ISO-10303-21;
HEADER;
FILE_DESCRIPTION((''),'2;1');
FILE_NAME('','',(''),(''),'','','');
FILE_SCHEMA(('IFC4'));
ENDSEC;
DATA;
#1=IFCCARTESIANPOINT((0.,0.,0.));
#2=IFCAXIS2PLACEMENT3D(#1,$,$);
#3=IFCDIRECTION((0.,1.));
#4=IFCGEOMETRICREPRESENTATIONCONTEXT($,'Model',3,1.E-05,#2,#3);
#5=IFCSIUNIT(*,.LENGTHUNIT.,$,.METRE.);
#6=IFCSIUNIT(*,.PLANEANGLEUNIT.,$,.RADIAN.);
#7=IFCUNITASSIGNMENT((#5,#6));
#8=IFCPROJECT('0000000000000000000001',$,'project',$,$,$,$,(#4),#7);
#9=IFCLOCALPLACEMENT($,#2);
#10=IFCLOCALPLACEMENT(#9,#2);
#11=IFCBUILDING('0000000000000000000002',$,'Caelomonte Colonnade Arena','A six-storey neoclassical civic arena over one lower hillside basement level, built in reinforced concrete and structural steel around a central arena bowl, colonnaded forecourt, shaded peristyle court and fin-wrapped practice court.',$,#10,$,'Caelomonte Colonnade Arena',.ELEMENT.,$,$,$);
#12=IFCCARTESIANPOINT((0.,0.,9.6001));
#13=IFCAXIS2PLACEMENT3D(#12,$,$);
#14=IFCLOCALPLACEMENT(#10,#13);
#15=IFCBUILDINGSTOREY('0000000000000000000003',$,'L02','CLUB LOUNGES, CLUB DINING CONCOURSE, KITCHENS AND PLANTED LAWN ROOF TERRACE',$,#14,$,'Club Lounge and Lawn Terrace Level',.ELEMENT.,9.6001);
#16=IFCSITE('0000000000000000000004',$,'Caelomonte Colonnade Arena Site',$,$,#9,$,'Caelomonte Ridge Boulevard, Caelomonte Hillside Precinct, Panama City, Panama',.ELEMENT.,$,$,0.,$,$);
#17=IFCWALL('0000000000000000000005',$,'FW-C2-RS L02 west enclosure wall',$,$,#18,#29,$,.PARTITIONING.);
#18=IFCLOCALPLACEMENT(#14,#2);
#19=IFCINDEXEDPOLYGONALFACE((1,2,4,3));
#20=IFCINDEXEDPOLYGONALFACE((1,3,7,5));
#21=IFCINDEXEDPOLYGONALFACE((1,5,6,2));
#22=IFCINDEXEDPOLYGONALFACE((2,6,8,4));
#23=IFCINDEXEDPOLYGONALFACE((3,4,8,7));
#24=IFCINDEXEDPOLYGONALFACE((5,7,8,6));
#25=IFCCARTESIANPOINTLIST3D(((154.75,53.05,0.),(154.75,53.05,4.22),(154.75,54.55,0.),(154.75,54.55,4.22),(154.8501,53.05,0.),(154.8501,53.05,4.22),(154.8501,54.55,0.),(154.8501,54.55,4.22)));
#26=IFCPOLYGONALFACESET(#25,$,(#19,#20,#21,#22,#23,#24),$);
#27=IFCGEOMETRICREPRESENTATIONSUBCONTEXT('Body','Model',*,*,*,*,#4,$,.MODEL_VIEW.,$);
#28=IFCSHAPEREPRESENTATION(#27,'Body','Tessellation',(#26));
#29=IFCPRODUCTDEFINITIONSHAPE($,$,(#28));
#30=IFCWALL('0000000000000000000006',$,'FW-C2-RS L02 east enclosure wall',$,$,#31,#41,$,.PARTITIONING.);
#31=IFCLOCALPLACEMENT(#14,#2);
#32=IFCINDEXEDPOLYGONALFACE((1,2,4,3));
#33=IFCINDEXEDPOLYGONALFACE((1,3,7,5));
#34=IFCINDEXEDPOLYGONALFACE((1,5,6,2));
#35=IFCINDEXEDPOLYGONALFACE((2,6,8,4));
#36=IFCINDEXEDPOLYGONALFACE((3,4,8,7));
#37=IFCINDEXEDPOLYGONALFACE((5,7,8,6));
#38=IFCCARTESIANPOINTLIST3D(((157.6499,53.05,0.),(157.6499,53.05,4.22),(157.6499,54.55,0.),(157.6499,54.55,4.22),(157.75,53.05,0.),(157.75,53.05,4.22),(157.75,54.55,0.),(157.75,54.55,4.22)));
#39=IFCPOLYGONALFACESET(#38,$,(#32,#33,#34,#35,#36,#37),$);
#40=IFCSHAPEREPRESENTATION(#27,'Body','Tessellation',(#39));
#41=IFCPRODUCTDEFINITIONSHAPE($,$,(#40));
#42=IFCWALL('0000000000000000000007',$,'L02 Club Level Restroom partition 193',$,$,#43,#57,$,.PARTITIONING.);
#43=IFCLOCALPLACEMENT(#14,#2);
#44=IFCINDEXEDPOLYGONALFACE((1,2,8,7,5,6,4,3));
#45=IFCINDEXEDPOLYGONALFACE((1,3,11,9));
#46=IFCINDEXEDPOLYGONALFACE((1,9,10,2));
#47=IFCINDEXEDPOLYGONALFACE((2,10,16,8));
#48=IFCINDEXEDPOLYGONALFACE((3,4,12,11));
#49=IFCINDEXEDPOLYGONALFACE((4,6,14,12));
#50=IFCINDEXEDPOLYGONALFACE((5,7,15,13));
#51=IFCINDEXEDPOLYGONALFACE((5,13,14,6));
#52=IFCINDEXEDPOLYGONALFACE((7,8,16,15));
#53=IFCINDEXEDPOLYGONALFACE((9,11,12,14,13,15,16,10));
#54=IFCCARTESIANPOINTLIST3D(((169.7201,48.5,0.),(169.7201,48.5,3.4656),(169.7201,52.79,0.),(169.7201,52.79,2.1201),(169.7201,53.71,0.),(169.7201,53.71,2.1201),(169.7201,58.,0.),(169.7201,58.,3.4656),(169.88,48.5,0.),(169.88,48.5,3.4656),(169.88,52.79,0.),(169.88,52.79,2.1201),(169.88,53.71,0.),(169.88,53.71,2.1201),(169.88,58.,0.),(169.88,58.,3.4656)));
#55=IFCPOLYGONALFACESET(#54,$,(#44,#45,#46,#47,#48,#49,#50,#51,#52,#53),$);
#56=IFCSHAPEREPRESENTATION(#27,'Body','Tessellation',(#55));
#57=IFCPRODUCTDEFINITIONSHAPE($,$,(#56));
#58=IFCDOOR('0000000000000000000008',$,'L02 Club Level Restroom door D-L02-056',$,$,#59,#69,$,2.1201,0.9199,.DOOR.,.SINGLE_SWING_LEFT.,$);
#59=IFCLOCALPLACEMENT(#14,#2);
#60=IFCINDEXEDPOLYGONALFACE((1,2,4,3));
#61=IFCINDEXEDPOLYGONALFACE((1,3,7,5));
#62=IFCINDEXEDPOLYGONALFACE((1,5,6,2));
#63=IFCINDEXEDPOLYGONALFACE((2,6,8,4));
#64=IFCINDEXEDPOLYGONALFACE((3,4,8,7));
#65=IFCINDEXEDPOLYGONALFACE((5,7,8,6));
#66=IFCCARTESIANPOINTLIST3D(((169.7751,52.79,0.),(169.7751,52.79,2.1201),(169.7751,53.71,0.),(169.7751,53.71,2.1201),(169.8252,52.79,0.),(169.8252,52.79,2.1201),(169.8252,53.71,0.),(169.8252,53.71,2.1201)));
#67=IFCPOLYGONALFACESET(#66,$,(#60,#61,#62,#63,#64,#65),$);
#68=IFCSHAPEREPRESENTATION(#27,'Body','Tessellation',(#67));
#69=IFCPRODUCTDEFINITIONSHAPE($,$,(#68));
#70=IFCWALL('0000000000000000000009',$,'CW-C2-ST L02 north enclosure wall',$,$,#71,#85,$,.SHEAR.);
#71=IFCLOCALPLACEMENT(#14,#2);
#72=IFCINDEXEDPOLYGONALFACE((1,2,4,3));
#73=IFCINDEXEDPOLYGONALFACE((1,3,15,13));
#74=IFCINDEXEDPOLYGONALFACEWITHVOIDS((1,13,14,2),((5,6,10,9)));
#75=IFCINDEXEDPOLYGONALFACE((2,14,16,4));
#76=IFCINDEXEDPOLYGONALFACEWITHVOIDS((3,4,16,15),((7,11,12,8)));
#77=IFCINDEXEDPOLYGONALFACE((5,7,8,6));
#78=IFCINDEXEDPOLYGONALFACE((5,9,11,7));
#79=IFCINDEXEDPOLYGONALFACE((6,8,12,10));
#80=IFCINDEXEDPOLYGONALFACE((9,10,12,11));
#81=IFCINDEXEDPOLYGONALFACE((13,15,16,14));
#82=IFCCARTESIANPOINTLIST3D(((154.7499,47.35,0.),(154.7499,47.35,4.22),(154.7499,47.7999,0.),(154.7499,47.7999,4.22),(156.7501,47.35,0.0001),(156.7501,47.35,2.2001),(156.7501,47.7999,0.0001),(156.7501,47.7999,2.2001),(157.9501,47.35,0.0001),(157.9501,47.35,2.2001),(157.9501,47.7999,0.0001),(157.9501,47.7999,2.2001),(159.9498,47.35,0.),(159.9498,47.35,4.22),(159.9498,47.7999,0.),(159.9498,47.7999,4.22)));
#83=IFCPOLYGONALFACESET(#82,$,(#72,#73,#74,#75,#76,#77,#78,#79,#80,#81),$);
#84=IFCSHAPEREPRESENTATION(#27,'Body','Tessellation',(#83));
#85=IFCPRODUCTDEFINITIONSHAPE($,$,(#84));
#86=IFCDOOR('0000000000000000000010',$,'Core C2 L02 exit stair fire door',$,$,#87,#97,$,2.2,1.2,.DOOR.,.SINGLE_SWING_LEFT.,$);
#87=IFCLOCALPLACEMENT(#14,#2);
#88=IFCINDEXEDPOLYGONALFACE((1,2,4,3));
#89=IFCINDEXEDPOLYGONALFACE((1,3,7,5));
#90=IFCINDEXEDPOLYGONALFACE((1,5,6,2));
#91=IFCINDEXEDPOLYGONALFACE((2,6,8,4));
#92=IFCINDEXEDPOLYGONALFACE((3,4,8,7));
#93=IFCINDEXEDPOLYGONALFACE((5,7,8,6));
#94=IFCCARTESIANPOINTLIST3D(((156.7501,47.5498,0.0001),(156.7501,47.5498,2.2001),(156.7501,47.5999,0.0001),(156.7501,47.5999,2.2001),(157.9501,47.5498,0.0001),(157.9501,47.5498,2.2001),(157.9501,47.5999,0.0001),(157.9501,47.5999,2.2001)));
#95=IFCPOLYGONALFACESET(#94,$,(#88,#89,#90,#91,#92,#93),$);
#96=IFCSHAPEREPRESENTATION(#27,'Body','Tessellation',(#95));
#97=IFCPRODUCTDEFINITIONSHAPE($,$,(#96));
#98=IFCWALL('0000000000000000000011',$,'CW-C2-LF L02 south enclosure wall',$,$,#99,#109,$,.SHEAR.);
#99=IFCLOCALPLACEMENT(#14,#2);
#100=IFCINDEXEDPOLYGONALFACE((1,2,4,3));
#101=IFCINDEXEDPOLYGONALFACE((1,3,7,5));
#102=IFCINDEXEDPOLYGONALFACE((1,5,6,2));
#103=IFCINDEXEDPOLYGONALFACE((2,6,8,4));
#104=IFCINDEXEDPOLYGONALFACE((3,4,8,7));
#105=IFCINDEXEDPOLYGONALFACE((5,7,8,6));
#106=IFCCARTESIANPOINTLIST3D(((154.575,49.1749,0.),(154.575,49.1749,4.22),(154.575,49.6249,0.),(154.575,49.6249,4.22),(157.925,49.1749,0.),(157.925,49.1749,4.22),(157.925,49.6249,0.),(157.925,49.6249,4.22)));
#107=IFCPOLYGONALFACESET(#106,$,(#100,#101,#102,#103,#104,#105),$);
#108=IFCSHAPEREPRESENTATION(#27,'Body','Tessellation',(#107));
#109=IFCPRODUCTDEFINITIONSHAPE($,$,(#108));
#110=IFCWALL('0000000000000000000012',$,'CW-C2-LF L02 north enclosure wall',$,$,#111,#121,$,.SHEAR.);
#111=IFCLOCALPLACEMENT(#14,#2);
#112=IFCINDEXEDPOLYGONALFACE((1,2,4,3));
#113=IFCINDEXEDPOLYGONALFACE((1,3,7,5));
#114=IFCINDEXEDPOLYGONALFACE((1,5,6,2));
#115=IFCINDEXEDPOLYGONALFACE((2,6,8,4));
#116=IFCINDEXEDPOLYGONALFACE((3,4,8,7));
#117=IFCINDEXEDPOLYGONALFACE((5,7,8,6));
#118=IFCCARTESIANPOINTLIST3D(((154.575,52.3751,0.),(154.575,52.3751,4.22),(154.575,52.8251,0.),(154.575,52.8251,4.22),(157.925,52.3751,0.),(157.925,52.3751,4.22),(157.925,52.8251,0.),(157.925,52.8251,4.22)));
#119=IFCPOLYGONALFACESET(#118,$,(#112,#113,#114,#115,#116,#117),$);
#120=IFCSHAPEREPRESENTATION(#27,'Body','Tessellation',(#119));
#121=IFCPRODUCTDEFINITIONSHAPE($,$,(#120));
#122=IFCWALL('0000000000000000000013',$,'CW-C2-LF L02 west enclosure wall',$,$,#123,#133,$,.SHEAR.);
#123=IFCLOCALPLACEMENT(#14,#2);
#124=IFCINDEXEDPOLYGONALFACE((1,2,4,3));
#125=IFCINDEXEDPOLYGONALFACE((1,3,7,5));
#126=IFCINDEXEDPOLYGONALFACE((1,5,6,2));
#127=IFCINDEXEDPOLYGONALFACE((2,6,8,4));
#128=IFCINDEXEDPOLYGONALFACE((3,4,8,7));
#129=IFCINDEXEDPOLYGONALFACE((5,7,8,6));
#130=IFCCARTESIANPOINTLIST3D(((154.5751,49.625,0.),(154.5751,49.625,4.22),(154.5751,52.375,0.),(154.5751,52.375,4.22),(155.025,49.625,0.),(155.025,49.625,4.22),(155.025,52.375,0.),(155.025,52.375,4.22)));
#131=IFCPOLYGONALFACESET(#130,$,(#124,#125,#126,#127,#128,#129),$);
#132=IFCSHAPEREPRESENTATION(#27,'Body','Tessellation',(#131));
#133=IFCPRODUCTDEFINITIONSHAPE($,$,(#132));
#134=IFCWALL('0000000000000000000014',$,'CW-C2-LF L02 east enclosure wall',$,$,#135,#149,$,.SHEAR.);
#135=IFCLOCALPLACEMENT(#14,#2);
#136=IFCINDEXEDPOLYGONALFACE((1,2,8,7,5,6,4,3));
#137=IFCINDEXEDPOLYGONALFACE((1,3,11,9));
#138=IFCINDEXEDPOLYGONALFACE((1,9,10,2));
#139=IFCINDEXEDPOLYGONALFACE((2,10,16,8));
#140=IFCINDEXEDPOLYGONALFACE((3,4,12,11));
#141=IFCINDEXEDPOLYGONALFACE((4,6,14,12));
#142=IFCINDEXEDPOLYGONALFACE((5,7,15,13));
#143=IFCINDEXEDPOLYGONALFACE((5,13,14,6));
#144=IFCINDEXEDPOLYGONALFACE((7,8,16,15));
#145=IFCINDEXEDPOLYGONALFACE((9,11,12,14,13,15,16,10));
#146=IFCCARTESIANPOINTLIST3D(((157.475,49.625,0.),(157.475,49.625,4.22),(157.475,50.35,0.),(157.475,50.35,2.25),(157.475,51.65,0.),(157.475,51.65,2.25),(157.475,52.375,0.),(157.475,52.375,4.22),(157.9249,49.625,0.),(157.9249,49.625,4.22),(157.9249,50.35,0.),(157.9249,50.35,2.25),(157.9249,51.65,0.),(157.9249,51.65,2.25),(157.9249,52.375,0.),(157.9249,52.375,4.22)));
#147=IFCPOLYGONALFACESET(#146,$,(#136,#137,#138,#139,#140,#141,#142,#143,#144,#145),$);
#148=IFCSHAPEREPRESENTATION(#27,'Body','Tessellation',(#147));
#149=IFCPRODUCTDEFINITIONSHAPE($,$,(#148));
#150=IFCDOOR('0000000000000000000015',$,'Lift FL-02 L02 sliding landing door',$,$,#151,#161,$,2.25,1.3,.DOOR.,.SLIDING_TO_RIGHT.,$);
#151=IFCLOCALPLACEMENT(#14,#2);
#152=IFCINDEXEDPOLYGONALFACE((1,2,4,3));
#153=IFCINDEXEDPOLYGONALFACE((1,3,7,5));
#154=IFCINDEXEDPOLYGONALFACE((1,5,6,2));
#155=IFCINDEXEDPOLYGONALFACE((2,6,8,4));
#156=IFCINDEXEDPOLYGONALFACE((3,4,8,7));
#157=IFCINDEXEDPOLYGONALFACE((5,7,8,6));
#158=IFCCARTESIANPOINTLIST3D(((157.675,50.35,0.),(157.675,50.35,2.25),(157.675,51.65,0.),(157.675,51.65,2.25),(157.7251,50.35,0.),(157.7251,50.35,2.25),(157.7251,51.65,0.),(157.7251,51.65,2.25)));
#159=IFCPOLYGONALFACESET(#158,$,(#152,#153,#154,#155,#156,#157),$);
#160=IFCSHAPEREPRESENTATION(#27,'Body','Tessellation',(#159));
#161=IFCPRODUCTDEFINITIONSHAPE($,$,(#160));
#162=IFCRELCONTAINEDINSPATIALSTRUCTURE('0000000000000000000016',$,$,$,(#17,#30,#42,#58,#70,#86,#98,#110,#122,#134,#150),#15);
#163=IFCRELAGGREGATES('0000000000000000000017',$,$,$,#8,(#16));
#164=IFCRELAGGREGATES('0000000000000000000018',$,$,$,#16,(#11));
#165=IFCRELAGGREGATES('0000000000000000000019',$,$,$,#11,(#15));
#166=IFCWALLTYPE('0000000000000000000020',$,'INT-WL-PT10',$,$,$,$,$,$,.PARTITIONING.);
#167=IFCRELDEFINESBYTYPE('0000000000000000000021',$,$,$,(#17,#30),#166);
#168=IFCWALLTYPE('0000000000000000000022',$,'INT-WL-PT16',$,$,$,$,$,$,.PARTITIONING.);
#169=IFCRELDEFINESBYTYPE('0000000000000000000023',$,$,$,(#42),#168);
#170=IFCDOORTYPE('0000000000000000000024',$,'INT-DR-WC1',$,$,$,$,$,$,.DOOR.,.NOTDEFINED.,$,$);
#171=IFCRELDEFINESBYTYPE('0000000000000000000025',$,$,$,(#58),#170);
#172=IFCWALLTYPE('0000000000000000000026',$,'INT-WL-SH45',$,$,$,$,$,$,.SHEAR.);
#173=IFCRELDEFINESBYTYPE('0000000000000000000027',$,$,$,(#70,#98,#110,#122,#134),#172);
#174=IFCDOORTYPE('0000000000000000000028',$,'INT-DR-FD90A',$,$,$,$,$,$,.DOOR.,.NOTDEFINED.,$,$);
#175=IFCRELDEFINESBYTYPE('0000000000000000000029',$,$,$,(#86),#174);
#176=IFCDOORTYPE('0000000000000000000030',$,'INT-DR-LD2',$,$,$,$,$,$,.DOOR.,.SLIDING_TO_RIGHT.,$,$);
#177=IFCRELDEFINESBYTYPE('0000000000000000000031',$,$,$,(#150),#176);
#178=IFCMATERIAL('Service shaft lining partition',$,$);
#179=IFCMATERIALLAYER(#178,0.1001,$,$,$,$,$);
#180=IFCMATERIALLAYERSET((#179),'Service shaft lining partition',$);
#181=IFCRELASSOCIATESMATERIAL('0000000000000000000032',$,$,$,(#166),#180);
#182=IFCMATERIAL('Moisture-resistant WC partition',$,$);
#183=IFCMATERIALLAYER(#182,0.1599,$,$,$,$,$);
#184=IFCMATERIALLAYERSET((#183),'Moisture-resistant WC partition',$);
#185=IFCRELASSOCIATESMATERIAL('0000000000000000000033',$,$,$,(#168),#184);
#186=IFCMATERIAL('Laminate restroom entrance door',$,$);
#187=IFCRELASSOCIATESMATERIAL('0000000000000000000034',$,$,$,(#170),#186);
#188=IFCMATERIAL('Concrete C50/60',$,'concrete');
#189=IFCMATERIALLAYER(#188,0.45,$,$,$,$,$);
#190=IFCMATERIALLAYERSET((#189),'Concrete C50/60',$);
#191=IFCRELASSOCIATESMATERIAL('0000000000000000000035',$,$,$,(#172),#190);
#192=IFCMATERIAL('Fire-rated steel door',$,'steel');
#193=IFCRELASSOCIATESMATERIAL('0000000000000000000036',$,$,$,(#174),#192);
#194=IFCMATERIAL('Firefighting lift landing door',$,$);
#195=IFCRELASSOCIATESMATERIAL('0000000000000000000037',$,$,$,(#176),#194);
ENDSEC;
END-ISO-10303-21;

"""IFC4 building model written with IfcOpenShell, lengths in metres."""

from ifc_helpers import new_model, si_unit, direction, frame, frame_2d, origin, place, context, subcontext, project, spatial, rectangle, extrude, material, layer, layer_set, type_object, element, fill, save


model = new_model("IFC4")

# Units and contexts
model_context = context("Model", 3, precision=1e-05, world=origin(), true_north=direction((0.0, 1.0)))
body_context = subcontext(model_context, "Body", "Model", "MODEL_VIEW")
ifc_project = project(units=[si_unit("LENGTHUNIT", "METRE"), si_unit("PLANEANGLEUNIT", "RADIAN")], contexts=[model_context])

# Site, building, storey
site_placement = place(None, origin())
site = spatial("IfcSite", under=ifc_project, at=site_placement, Name="Caelomonte Colonnade Arena Site", LongName="Caelomonte Ridge Boulevard, Caelomonte Hillside Precinct, Panama City, Panama", CompositionType="ELEMENT", RefElevation=0.0)
building_placement = place(site_placement, origin())
building = spatial("IfcBuilding", under=site, at=building_placement, Name="Caelomonte Colonnade Arena", Description="A six-storey neoclassical civic arena over one lower hillside basement level, built in reinforced concrete and structural steel around a central arena bowl, colonnaded forecourt, shaded peristyle court and fin-wrapped practice court.", LongName="Caelomonte Colonnade Arena", CompositionType="ELEMENT")
storey_placement = place(building_placement, frame((0.0, 0.0, 9.6001)))
storey = spatial("IfcBuildingStorey", under=building, at=storey_placement, Name="L02", Description="CLUB LOUNGES, CLUB DINING CONCOURSE, KITCHENS AND PLANTED LAWN ROOF TERRACE", LongName="Club Lounge and Lawn Terrace Level", CompositionType="ELEMENT", Elevation=9.6001)

# Shared definitions
ifc_material_1 = material(Name="Concrete C50/60", Category="concrete")

# Walls
ifc_material_2 = material(Name="Service shaft lining partition")
ifc_layer_1 = layer(ifc_material_2, 0.1001)
ifc_layer_set_1 = layer_set([ifc_layer_1], Name="Service shaft lining partition")
wall_type_1 = type_object("IfcWallType", Name="INT-WL-PT10", PredefinedType="PARTITIONING", material=ifc_layer_set_1)
for number, where, z_axis, x_axis, name in (
    (1, (154.8, 54.55, 0.0), (0.0, 0.0, 1.0), (0.0, -1.0, 0.0), "FW-C2-RS L02 west enclosure wall"),
    (2, (157.7, 53.05, 0.0), (0.0, 0.0, 1.0), (0.0, 1.0, 0.0), "FW-C2-RS L02 east enclosure wall"),
):
    element("IfcWall", number, at=place(storey_placement, frame(where, z_axis=z_axis, x_axis=x_axis)), inside=storey, type_object=wall_type_1, Name=name, PredefinedType="PARTITIONING", context=body_context, shape_type="SweptSolid", body=[
        extrude(rectangle(XDim=1.5, YDim=0.1001, at=frame_2d((0.75, 0.0))), origin(), (0.0, 0.0, 1.0), 4.22),
    ])

# Walls, openings, doors
ifc_material_3 = material(Name="Moisture-resistant WC partition")
ifc_layer_2 = layer(ifc_material_3, 0.1599)
ifc_layer_set_2 = layer_set([ifc_layer_2], Name="Moisture-resistant WC partition")
wall_type_2 = type_object("IfcWallType", Name="INT-WL-PT16", PredefinedType="PARTITIONING", material=ifc_layer_set_2)
wall_1_placement = place(storey_placement, frame((169.8, 48.5, 0.0), z_axis=(0.0, 0.0, 1.0), x_axis=(0.0, 1.0, 0.0)))
wall_1 = element("IfcWall", 3, at=wall_1_placement, inside=storey, type_object=wall_type_2, Name="L02 Club Level Restroom partition 193", PredefinedType="PARTITIONING", context=body_context, shape_type="SweptSolid", body=[
    extrude(rectangle(XDim=9.5, YDim=0.1599, at=frame_2d((4.75, 0.0))), origin(), (0.0, 0.0, 1.0), 3.4656),
])
opening_1_placement = place(wall_1_placement, frame((4.29, 0.0, 0.0), z_axis=(0.0, 0.0, 1.0), x_axis=(1.0, 0.0, 0.0)))
opening_1 = element("IfcOpeningElement", 4, at=opening_1_placement, cuts=wall_1, PredefinedType="OPENING", context=body_context, shape_type="SweptSolid", body=[
    extrude(rectangle(XDim=0.9199, YDim=2.1201, at=frame_2d((0.46, 1.0601))), frame((0.0, 0.0898, 0.0), z_axis=(0.0, -1.0, 0.0), x_axis=(1.0, 0.0, 0.0)), (0.0, 0.0, 1.0), 0.1799),
])
ifc_material_4 = material(Name="Laminate restroom entrance door")
door_type_1 = type_object("IfcDoorType", Name="INT-DR-WC1", OperationType="NOTDEFINED", PredefinedType="DOOR", material=ifc_material_4)
door_1_placement = place(opening_1_placement, origin())
door_1 = element("IfcDoor", 5, at=door_1_placement, inside=storey, type_object=door_type_1, Name="L02 Club Level Restroom door D-L02-056", OperationType="SINGLE_SWING_LEFT", OverallHeight=2.1201, OverallWidth=0.9199, PredefinedType="DOOR", context=body_context, shape_type="SweptSolid", body=[
    extrude(rectangle(XDim=0.9199, YDim=2.1201, at=frame_2d((0.46, 1.0601))), frame((0.0, 0.0249, 0.0), z_axis=(0.0, -1.0, 0.0), x_axis=(1.0, 0.0, 0.0)), (0.0, 0.0, 1.0), 0.05),
])
fill(opening_1, door_1)
ifc_layer_3 = layer(ifc_material_1, 0.45)
ifc_layer_set_3 = layer_set([ifc_layer_3], Name="Concrete C50/60")
wall_type_3 = type_object("IfcWallType", Name="INT-WL-SH45", PredefinedType="SHEAR", material=ifc_layer_set_3)
wall_2_placement = place(storey_placement, frame((159.95, 47.575, 0.0), z_axis=(0.0, 0.0, 1.0), x_axis=(-1.0, 0.0, 0.0)))
wall_2 = element("IfcWall", 6, at=wall_2_placement, inside=storey, type_object=wall_type_3, Name="CW-C2-ST L02 north enclosure wall", PredefinedType="SHEAR", context=body_context, shape_type="SweptSolid", body=[
    extrude(rectangle(XDim=5.2, YDim=0.45, at=frame_2d((2.6001, 0.0))), origin(), (0.0, 0.0, 1.0), 4.22),
])
opening_2_placement = place(wall_2_placement, frame((3.2, 0.0, 0.0), z_axis=(0.0, 0.0, 1.0), x_axis=(-1.0, 0.0, 0.0)))
opening_2 = element("IfcOpeningElement", 7, at=opening_2_placement, cuts=wall_2, PredefinedType="OPENING", context=body_context, shape_type="SweptSolid", body=[
    extrude(rectangle(XDim=1.2, YDim=2.2, at=frame_2d((0.6001, 1.1001))), frame((0.0, 0.2349, 0.0), z_axis=(0.0, -1.0, 0.0), x_axis=(1.0, 0.0, 0.0)), (0.0, 0.0, 1.0), 0.47),
])
ifc_material_5 = material(Name="Fire-rated steel door", Category="steel")
door_type_2 = type_object("IfcDoorType", Name="INT-DR-FD90A", OperationType="NOTDEFINED", PredefinedType="DOOR", material=ifc_material_5)
door_2_placement = place(opening_2_placement, origin())
door_2 = element("IfcDoor", 8, at=door_2_placement, inside=storey, type_object=door_type_2, Name="Core C2 L02 exit stair fire door", OperationType="SINGLE_SWING_LEFT", OverallHeight=2.2, OverallWidth=1.2, PredefinedType="DOOR", context=body_context, shape_type="SweptSolid", body=[
    extrude(rectangle(XDim=1.2, YDim=2.2, at=frame_2d((0.6001, 1.1001))), frame((0.0, 0.0249, 0.0), z_axis=(0.0, -1.0, 0.0), x_axis=(1.0, 0.0, 0.0)), (0.0, 0.0, 1.0), 0.05),
])
fill(opening_2, door_2)

# Walls
for number, where, z_axis, x_axis, name in (
    (9, (154.575, 49.3999, 0.0), (0.0, 0.0, 1.0), (1.0, 0.0, 0.0), "CW-C2-LF L02 south enclosure wall"),
    (10, (157.925, 52.6001, 0.0), (0.0, 0.0, 1.0), (-1.0, 0.0, 0.0), "CW-C2-LF L02 north enclosure wall"),
):
    element("IfcWall", number, at=place(storey_placement, frame(where, z_axis=z_axis, x_axis=x_axis)), inside=storey, type_object=wall_type_3, Name=name, PredefinedType="SHEAR", context=body_context, shape_type="SweptSolid", body=[
        extrude(rectangle(XDim=3.3501, YDim=0.45, at=frame_2d((1.675, 0.0))), origin(), (0.0, 0.0, 1.0), 4.22),
    ])
wall_3_placement = place(storey_placement, frame((154.8, 52.375, 0.0), z_axis=(0.0, 0.0, 1.0), x_axis=(0.0, -1.0, 0.0)))
element("IfcWall", 11, at=wall_3_placement, inside=storey, type_object=wall_type_3, Name="CW-C2-LF L02 west enclosure wall", PredefinedType="SHEAR", context=body_context, shape_type="SweptSolid", body=[
    extrude(rectangle(XDim=2.75, YDim=0.45, at=frame_2d((1.375, 0.0))), origin(), (0.0, 0.0, 1.0), 4.22),
])

# Wall, opening, door
wall_4_placement = place(storey_placement, frame((157.7, 49.625, 0.0), z_axis=(0.0, 0.0, 1.0), x_axis=(0.0, 1.0, 0.0)))
wall_4 = element("IfcWall", 12, at=wall_4_placement, inside=storey, type_object=wall_type_3, Name="CW-C2-LF L02 east enclosure wall", PredefinedType="SHEAR", context=body_context, shape_type="SweptSolid", body=[
    extrude(rectangle(XDim=2.75, YDim=0.45, at=frame_2d((1.375, 0.0))), origin(), (0.0, 0.0, 1.0), 4.22),
])
opening_3_placement = place(wall_4_placement, frame((0.7251, 0.0, 0.0), z_axis=(0.0, 0.0, 1.0), x_axis=(1.0, 0.0, 0.0)))
opening_3 = element("IfcOpeningElement", 13, at=opening_3_placement, cuts=wall_4, PredefinedType="OPENING", context=body_context, shape_type="SweptSolid", body=[
    extrude(rectangle(XDim=1.3, YDim=2.25, at=frame_2d((0.6499, 1.125))), frame((0.0, 0.2349, 0.0), z_axis=(0.0, -1.0, 0.0), x_axis=(1.0, 0.0, 0.0)), (0.0, 0.0, 1.0), 0.47),
])
ifc_material_6 = material(Name="Firefighting lift landing door")
door_type_3 = type_object("IfcDoorType", Name="INT-DR-LD2", OperationType="SLIDING_TO_RIGHT", PredefinedType="DOOR", material=ifc_material_6)
door_3_placement = place(opening_3_placement, origin())
door_3 = element("IfcDoor", 14, at=door_3_placement, inside=storey, type_object=door_type_3, Name="Lift FL-02 L02 sliding landing door", OperationType="SLIDING_TO_RIGHT", OverallHeight=2.25, OverallWidth=1.3, PredefinedType="DOOR", context=body_context, shape_type="SweptSolid", body=[
    extrude(rectangle(XDim=1.3, YDim=2.25, at=frame_2d((0.6499, 1.125))), frame((0.0, 0.0249, 0.0), z_axis=(0.0, -1.0, 0.0), x_axis=(1.0, 0.0, 0.0)), (0.0, 0.0, 1.0), 0.05),
])
fill(opening_3, door_3)

save(model, "model.ifc")
